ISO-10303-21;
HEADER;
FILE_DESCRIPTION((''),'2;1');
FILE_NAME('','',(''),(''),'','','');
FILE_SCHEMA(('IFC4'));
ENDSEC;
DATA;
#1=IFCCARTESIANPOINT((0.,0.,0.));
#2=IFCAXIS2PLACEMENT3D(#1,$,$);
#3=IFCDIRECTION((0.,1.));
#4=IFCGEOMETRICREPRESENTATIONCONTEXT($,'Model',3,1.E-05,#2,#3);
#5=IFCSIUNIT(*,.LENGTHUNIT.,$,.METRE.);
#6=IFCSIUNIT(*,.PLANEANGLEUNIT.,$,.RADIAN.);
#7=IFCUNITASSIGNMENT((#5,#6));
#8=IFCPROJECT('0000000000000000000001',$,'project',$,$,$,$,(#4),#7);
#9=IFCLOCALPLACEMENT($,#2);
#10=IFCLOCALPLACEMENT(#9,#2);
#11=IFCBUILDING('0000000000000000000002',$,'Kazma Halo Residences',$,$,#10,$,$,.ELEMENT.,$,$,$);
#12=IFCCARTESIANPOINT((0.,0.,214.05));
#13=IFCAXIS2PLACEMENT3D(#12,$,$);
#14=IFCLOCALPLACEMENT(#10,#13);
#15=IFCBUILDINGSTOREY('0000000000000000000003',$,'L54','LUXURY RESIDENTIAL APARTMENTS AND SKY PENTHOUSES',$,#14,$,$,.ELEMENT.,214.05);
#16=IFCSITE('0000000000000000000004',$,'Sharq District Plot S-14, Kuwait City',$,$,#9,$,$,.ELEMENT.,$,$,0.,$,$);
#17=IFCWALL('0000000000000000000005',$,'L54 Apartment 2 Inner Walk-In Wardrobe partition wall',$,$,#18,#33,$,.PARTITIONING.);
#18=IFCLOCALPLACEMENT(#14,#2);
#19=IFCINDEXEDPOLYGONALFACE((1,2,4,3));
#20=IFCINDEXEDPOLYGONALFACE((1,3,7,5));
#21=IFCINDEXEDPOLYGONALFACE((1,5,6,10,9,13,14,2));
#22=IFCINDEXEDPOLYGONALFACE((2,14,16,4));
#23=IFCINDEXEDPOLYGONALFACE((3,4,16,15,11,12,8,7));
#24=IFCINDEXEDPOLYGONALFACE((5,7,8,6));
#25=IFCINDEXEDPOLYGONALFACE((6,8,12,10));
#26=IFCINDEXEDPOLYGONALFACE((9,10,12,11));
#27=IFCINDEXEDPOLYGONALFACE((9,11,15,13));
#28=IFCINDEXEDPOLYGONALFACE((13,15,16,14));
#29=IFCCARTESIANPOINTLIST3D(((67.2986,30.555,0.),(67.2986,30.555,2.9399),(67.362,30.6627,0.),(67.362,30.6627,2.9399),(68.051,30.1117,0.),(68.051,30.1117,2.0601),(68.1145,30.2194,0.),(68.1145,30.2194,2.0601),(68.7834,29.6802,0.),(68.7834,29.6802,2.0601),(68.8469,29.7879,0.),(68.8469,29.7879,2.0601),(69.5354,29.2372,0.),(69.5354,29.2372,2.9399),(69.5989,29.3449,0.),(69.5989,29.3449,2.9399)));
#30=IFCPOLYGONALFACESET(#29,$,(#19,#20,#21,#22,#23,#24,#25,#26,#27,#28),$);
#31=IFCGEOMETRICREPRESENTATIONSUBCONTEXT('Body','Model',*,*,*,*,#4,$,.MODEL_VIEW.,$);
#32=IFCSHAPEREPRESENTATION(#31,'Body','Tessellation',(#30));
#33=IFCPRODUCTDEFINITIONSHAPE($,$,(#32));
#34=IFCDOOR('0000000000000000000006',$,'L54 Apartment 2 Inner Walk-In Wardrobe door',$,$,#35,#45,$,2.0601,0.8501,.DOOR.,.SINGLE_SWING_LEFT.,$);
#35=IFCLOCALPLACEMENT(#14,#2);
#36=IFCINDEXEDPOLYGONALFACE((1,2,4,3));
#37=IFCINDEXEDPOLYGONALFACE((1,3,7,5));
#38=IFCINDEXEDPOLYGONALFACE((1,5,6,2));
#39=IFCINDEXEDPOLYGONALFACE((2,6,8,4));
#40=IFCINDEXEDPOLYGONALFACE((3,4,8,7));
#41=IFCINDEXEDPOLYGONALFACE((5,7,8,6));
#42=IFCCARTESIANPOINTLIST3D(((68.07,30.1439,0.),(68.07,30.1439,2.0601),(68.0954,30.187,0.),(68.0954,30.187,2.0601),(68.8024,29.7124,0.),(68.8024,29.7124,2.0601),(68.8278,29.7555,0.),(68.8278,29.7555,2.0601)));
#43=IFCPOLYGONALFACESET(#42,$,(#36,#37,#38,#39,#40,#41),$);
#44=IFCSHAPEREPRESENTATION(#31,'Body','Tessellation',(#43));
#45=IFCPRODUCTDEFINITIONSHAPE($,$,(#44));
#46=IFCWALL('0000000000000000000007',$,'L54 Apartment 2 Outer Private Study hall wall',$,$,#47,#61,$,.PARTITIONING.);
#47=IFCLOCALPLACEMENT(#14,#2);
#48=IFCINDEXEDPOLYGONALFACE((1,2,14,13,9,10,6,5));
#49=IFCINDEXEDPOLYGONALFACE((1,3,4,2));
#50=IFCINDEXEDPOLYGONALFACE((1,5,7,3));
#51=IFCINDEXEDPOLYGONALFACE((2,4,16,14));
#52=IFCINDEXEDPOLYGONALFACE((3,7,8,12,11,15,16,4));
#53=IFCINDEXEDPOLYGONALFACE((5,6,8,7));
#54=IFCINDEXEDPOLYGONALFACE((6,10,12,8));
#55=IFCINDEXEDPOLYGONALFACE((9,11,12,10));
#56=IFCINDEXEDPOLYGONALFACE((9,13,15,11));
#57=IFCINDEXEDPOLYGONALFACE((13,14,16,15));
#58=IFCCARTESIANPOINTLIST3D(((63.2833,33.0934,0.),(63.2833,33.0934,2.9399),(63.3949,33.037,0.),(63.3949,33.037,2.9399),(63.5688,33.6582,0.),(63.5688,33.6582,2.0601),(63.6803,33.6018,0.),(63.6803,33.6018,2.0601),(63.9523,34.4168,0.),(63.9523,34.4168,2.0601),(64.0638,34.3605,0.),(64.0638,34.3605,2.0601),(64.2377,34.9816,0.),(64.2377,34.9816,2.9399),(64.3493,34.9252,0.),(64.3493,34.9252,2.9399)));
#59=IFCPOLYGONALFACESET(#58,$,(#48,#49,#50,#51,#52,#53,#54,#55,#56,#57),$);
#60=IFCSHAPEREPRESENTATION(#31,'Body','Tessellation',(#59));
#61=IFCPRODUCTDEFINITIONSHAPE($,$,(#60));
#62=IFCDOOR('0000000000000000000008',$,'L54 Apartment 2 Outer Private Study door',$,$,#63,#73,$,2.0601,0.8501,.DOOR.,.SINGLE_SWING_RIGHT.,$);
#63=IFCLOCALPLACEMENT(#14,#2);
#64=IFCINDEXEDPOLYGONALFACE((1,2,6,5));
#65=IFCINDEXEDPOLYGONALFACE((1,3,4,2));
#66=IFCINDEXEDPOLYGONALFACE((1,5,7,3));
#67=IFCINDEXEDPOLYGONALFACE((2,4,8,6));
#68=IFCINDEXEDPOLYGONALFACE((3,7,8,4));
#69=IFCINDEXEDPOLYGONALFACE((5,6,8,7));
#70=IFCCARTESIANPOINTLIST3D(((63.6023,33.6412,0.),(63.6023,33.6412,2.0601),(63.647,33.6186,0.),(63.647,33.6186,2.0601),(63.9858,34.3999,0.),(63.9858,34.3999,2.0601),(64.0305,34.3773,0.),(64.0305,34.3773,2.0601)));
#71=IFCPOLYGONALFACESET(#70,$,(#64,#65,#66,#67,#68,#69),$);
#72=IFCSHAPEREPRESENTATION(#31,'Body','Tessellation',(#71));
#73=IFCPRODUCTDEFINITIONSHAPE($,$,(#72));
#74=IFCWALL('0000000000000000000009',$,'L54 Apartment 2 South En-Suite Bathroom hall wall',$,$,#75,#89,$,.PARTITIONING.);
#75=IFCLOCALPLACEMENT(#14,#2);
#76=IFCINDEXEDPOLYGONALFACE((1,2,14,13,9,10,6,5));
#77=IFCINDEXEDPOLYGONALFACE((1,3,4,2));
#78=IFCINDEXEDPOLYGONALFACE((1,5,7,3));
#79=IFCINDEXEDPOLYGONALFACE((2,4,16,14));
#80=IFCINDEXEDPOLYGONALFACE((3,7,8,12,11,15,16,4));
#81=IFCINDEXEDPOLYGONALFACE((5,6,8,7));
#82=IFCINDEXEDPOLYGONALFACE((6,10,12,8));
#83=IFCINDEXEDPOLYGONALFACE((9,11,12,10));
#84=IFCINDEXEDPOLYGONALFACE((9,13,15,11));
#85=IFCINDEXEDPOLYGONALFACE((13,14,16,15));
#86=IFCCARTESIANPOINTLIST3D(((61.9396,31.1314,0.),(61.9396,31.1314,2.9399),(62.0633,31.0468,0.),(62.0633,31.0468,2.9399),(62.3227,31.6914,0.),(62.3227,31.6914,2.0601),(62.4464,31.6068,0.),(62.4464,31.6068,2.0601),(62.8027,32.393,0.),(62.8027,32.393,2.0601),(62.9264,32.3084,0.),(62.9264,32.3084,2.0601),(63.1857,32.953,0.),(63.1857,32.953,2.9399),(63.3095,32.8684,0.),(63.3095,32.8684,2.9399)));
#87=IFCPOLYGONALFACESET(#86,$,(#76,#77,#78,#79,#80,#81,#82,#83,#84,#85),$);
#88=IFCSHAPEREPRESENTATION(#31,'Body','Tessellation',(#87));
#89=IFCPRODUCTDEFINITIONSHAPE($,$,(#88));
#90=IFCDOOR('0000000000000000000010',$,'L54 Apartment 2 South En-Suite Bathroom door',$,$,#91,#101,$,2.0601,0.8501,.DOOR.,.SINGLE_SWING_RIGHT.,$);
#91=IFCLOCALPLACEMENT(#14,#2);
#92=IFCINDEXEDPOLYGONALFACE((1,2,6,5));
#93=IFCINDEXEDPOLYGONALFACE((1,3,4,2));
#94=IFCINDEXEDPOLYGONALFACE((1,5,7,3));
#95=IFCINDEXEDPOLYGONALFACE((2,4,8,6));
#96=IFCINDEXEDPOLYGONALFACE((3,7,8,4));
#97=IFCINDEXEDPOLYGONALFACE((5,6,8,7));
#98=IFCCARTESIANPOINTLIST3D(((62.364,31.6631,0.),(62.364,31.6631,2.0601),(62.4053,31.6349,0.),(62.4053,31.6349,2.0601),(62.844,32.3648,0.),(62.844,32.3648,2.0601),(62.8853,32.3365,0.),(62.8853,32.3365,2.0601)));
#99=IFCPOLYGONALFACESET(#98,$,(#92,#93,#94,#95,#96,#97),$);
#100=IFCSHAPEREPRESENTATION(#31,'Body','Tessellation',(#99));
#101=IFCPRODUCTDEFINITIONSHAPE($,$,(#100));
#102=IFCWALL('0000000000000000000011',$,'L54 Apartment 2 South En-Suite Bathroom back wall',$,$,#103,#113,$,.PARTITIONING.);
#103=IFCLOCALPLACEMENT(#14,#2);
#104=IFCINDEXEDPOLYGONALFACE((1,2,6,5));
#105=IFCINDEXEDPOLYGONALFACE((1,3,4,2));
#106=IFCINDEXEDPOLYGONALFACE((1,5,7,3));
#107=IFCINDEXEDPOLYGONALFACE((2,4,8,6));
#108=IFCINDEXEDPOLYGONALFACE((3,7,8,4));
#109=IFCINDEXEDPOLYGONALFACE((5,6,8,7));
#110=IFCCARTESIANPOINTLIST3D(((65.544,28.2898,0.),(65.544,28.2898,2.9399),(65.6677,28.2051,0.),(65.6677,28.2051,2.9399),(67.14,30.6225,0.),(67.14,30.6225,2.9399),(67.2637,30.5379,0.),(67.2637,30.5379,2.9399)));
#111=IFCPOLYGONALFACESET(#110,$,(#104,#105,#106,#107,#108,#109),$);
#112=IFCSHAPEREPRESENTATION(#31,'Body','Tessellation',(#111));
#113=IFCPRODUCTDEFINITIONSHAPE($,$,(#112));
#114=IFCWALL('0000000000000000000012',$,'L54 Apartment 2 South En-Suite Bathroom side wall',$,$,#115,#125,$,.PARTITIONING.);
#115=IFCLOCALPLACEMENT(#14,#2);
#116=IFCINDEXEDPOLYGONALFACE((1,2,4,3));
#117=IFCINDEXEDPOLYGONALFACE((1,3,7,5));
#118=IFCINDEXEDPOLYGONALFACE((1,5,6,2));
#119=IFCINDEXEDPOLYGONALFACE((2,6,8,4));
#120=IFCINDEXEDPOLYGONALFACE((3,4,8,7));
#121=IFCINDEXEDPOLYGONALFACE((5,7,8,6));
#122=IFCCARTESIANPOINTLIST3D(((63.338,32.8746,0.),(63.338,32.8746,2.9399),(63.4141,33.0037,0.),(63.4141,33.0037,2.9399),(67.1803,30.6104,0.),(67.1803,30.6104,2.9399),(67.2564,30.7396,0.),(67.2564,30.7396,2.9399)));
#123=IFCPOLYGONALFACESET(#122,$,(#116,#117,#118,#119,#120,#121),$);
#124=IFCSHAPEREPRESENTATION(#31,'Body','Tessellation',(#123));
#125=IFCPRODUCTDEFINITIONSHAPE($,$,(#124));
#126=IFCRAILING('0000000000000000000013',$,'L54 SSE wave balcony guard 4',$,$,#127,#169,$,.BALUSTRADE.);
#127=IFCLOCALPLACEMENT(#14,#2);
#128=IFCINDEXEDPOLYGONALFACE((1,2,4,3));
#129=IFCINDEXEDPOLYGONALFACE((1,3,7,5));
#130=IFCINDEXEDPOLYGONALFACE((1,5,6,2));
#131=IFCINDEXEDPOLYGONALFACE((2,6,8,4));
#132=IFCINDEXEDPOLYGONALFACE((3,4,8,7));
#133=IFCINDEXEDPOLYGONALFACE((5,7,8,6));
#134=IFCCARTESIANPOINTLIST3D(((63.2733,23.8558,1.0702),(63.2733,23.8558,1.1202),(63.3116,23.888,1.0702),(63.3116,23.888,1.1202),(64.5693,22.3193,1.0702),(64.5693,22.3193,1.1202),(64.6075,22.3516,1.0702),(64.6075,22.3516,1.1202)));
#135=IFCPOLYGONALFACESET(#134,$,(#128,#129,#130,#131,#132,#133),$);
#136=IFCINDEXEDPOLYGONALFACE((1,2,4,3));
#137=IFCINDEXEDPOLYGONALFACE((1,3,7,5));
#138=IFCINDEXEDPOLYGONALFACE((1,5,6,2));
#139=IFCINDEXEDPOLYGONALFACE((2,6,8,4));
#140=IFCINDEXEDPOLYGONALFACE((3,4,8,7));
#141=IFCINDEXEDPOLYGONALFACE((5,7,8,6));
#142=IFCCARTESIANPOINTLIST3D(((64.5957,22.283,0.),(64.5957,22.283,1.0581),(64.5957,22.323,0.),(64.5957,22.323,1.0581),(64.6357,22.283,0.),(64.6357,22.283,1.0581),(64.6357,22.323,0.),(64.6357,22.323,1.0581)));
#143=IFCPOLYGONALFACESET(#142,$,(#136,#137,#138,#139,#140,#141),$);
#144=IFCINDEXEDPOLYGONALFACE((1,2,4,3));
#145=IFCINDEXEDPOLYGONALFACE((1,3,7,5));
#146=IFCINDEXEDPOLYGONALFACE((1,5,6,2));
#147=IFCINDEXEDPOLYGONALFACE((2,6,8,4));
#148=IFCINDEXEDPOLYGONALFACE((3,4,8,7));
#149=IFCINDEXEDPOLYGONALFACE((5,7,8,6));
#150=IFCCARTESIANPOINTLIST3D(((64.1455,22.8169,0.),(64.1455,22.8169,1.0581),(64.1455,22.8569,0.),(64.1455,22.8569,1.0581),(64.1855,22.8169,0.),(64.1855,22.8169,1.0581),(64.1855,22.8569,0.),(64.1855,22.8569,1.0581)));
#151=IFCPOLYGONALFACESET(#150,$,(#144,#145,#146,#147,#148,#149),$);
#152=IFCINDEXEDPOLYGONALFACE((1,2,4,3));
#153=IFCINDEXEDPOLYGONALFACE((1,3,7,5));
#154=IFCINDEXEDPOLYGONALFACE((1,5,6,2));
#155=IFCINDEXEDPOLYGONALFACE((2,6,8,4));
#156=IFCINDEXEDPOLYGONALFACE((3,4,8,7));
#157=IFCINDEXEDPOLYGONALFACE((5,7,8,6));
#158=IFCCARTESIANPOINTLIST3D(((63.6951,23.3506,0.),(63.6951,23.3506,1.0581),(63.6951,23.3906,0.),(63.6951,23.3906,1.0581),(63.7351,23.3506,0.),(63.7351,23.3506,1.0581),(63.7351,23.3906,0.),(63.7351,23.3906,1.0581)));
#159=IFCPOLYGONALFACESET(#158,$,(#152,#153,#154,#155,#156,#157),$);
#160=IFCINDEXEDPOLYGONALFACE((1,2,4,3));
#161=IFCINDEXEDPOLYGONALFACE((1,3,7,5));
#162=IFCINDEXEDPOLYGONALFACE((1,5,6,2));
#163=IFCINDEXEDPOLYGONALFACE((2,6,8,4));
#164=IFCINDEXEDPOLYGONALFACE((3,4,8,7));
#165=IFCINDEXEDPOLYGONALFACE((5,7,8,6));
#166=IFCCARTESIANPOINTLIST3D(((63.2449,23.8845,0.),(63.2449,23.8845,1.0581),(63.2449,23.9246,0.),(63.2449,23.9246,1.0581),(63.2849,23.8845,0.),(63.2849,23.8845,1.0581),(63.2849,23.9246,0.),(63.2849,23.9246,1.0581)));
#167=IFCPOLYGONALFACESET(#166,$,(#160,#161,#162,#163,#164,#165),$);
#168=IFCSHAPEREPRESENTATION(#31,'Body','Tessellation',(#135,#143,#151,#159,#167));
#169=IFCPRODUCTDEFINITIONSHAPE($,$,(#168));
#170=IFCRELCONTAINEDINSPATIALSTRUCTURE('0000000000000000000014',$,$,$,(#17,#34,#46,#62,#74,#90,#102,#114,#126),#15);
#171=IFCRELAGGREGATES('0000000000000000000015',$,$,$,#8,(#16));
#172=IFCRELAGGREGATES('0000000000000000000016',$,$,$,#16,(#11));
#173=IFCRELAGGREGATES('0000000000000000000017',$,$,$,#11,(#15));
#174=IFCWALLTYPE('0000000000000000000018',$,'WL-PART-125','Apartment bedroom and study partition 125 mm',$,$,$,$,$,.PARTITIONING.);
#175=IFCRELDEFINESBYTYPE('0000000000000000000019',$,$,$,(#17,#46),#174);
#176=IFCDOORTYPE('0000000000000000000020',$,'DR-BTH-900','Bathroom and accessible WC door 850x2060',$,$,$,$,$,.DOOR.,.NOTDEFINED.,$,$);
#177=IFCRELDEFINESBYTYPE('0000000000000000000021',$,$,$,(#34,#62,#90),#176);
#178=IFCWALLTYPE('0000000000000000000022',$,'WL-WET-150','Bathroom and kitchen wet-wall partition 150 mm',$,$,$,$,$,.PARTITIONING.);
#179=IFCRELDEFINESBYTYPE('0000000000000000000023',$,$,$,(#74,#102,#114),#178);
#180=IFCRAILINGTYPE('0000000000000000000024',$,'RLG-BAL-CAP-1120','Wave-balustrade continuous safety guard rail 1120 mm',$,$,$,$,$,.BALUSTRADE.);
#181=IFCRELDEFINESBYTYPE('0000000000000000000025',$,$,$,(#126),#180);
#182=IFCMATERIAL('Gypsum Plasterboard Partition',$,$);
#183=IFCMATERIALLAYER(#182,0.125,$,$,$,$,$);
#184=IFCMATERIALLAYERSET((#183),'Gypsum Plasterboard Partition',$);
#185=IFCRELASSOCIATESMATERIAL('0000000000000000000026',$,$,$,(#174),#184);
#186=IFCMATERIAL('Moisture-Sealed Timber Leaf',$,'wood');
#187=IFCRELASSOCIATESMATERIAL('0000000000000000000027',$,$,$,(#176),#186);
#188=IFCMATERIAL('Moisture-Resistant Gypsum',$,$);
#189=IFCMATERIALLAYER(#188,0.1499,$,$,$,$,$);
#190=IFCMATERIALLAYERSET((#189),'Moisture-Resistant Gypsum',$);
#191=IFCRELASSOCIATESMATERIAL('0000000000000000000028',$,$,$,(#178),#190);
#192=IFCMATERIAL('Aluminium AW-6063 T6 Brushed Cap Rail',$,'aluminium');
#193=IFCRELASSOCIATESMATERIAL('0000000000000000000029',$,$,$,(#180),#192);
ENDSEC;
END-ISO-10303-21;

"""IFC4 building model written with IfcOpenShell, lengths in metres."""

from ifc_helpers import new_model, si_unit, direction, frame, frame_2d, origin, origin_2d, place, context, subcontext, project, spatial, rectangle, extrude, material, layer, layer_set, type_object, element, fill, save


model = new_model("IFC4")

# Units and contexts
model_context = context("Model", 3, precision=1e-05, world=origin(), true_north=direction((0.0, 1.0)))
body_context = subcontext(model_context, "Body", "Model", "MODEL_VIEW")
ifc_project = project(units=[si_unit("LENGTHUNIT", "METRE"), si_unit("PLANEANGLEUNIT", "RADIAN")], contexts=[model_context])

# Site, building, storey
site_placement = place(None, origin())
site = spatial("IfcSite", under=ifc_project, at=site_placement, Name="Sharq District Plot S-14, Kuwait City", CompositionType="ELEMENT", RefElevation=0.0)
building_placement = place(site_placement, origin())
building = spatial("IfcBuilding", under=site, at=building_placement, Name="Kazma Halo Residences", CompositionType="ELEMENT")
storey_placement = place(building_placement, frame((0.0, 0.0, 214.05)))
storey = spatial("IfcBuildingStorey", under=building, at=storey_placement, Name="L54", Description="LUXURY RESIDENTIAL APARTMENTS AND SKY PENTHOUSES", CompositionType="ELEMENT", Elevation=214.05)

# Shared definitions
ifc_material_1 = material(Name="Gypsum Plasterboard Partition")
ifc_layer_1 = layer(ifc_material_1, 0.125)
ifc_layer_set_1 = layer_set([ifc_layer_1], Name="Gypsum Plasterboard Partition")
wall_type_1 = type_object("IfcWallType", Name="WL-PART-125", Description="Apartment bedroom and study partition 125 mm", PredefinedType="PARTITIONING", material=ifc_layer_set_1)

# Walls, openings, doors
wall_1_placement = place(storey_placement, frame((67.3303, 30.6089, 0.0), z_axis=(0.0, 0.0, 1.0), x_axis=(0.861581, -0.50762, 0.0)))
wall_1 = element("IfcWall", 1, at=wall_1_placement, inside=storey, type_object=wall_type_1, Name="L54 Apartment 2 Inner Walk-In Wardrobe partition wall", PredefinedType="PARTITIONING", context=body_context, shape_type="SweptSolid", body=[
    extrude(rectangle(XDim=2.5962, YDim=0.125, at=frame_2d((1.2981, 0.0))), origin(), (0.0, 0.0, 1.0), 2.9399),
])
opening_1_placement = place(wall_1_placement, frame((0.8733, 0.0, 0.0)))
opening_1 = element("IfcOpeningElement", 2, at=opening_1_placement, cuts=wall_1, PredefinedType="OPENING", context=body_context, shape_type="SweptSolid", body=[
    extrude(rectangle(XDim=0.8501, YDim=2.0601, at=frame_2d((0.425, 1.03))), frame((0.0, 0.0725, 0.0), z_axis=(0.0, -1.0, 0.0), x_axis=(1.0, 0.0, 0.0)), (0.0, 0.0, 1.0), 0.145),
])
ifc_material_2 = material(Name="Moisture-Sealed Timber Leaf", Category="wood")
door_type_1 = type_object("IfcDoorType", Name="DR-BTH-900", Description="Bathroom and accessible WC door 850x2060", OperationType="NOTDEFINED", PredefinedType="DOOR", material=ifc_material_2)
door_1_placement = place(opening_1_placement, origin())
door_1 = element("IfcDoor", 3, at=door_1_placement, inside=storey, type_object=door_type_1, Name="L54 Apartment 2 Inner Walk-In Wardrobe door", OperationType="SINGLE_SWING_LEFT", OverallHeight=2.0601, OverallWidth=0.8501, PredefinedType="DOOR", context=body_context, shape_type="SweptSolid", body=[
    extrude(rectangle(XDim=0.8501, YDim=2.0601, at=frame_2d((0.425, 1.03))), frame((0.0, 0.0249, 0.0), z_axis=(0.0, -1.0, 0.0), x_axis=(1.0, 0.0, 0.0)), (0.0, 0.0, 1.0), 0.05),
])
fill(opening_1, door_1)
wall_2_placement = place(storey_placement, frame((63.3391, 33.0652, 0.0), z_axis=(0.0, 0.0, 1.0), x_axis=(0.451087, 0.89248, 0.0)))
wall_2 = element("IfcWall", 4, at=wall_2_placement, inside=storey, type_object=wall_type_1, Name="L54 Apartment 2 Outer Private Study hall wall", PredefinedType="PARTITIONING", context=body_context, shape_type="SweptSolid", body=[
    extrude(rectangle(XDim=2.1157, YDim=0.125, at=frame_2d((1.0579, 0.0))), origin(), (0.0, 0.0, 1.0), 2.9399),
])
opening_2_placement = place(wall_2_placement, frame((0.6328, 0.0, 0.0)))
opening_2 = element("IfcOpeningElement", 5, at=opening_2_placement, cuts=wall_2, PredefinedType="OPENING", context=body_context, shape_type="SweptSolid", body=[
    extrude(rectangle(XDim=0.8501, YDim=2.0601, at=frame_2d((0.425, 1.03))), frame((0.0, 0.0725, 0.0), z_axis=(0.0, -1.0, 0.0), x_axis=(1.0, 0.0, 0.0)), (0.0, 0.0, 1.0), 0.145),
])
door_2_placement = place(opening_2_placement, origin())
door_2 = element("IfcDoor", 6, at=door_2_placement, inside=storey, type_object=door_type_1, Name="L54 Apartment 2 Outer Private Study door", OperationType="SINGLE_SWING_RIGHT", OverallHeight=2.0601, OverallWidth=0.8501, PredefinedType="DOOR", context=body_context, shape_type="SweptSolid", body=[
    extrude(rectangle(XDim=0.8501, YDim=2.0601, at=frame_2d((0.425, 1.03))), frame((0.0, 0.0249, 0.0), z_axis=(0.0, -1.0, 0.0), x_axis=(1.0, 0.0, 0.0)), (0.0, 0.0, 1.0), 0.05),
])
fill(opening_2, door_2)
ifc_material_3 = material(Name="Moisture-Resistant Gypsum")
ifc_layer_2 = layer(ifc_material_3, 0.1499)
ifc_layer_set_2 = layer_set([ifc_layer_2], Name="Moisture-Resistant Gypsum")
wall_type_2 = type_object("IfcWallType", Name="WL-WET-150", Description="Bathroom and kitchen wet-wall partition 150 mm", PredefinedType="PARTITIONING", material=ifc_layer_set_2)
wall_3_placement = place(storey_placement, frame((62.0015, 31.0891, 0.0), z_axis=(0.0, 0.0, 1.0), x_axis=(0.564616, 0.825353, 0.0)))
wall_3 = element("IfcWall", 7, at=wall_3_placement, inside=storey, type_object=wall_type_2, Name="L54 Apartment 2 South En-Suite Bathroom hall wall", PredefinedType="PARTITIONING", context=body_context, shape_type="SweptSolid", body=[
    extrude(rectangle(XDim=2.207, YDim=0.1499, at=frame_2d((1.1035, 0.0))), origin(), (0.0, 0.0, 1.0), 2.9399),
])
opening_3_placement = place(wall_3_placement, frame((0.6785, 0.0, 0.0)))
opening_3 = element("IfcOpeningElement", 8, at=opening_3_placement, cuts=wall_3, PredefinedType="OPENING", context=body_context, shape_type="SweptSolid", body=[
    extrude(rectangle(XDim=0.8501, YDim=2.0601, at=frame_2d((0.425, 1.03))), frame((0.0, 0.085, 0.0), z_axis=(0.0, -1.0, 0.0), x_axis=(1.0, 0.0, 0.0)), (0.0, 0.0, 1.0), 0.1699),
])
door_3_placement = place(opening_3_placement, origin())
door_3 = element("IfcDoor", 9, at=door_3_placement, inside=storey, type_object=door_type_1, Name="L54 Apartment 2 South En-Suite Bathroom door", OperationType="SINGLE_SWING_RIGHT", OverallHeight=2.0601, OverallWidth=0.8501, PredefinedType="DOOR", context=body_context, shape_type="SweptSolid", body=[
    extrude(rectangle(XDim=0.8501, YDim=2.0601, at=frame_2d((0.425, 1.03))), frame((0.0, 0.0249, 0.0), z_axis=(0.0, -1.0, 0.0), x_axis=(1.0, 0.0, 0.0)), (0.0, 0.0, 1.0), 0.05),
])
fill(opening_3, door_3)

# Walls
wall_4_placement = place(storey_placement, frame((65.606, 28.2476, 0.0), z_axis=(0.0, 0.0, 1.0), x_axis=(0.564647, 0.825333, 0.0)))
element("IfcWall", 10, at=wall_4_placement, inside=storey, type_object=wall_type_2, Name="L54 Apartment 2 South En-Suite Bathroom back wall", PredefinedType="PARTITIONING", context=body_context, shape_type="SweptSolid", body=[
    extrude(rectangle(XDim=2.8264, YDim=0.1499, at=frame_2d((1.4131, 0.0))), origin(), (0.0, 0.0, 1.0), 2.9399),
])
wall_5_placement = place(storey_placement, frame((63.376, 32.9392, 0.0), z_axis=(0.0, 0.0, 1.0), x_axis=(0.861543, -0.507685, 0.0)))
element("IfcWall", 11, at=wall_5_placement, inside=storey, type_object=wall_type_2, Name="L54 Apartment 2 South En-Suite Bathroom side wall", PredefinedType="PARTITIONING", context=body_context, shape_type="SweptSolid", body=[
    extrude(rectangle(XDim=4.4597, YDim=0.1499, at=frame_2d((2.23, 0.0))), origin(), (0.0, 0.0, 1.0), 2.9399),
])

# Railing
ifc_material_4 = material(Name="Aluminium AW-6063 T6 Brushed Cap Rail", Category="aluminium")
railing_type = type_object("IfcRailingType", Name="RLG-BAL-CAP-1120", Description="Wave-balustrade continuous safety guard rail 1120 mm", PredefinedType="BALUSTRADE", material=ifc_material_4)
railing_1_placement = place(storey_placement, frame((64.6157, 22.303, 0.0)))
element("IfcRailing", 12, at=railing_1_placement, inside=storey, type_object=railing_type, Name="L54 SSE wave balcony guard 4", PredefinedType="BALUSTRADE", context=body_context, shape_type="SweptSolid", body=[
    extrude(rectangle(XDim=0.05, YDim=0.05, at=origin_2d()), frame((-0.0273, 0.0325, 1.0952), z_axis=(-0.644735, 0.764406, 0.0), x_axis=(-0.764406, -0.644735, 0.0)), (0.0, 0.0, 1.0), 2.01),
    extrude(rectangle(XDim=0.04, YDim=0.04, at=origin_2d()), origin(), (0.0, 0.0, 1.0), 1.0581),
    extrude(rectangle(XDim=0.04, YDim=0.04, at=origin_2d()), frame((-0.4502, 0.5339, 0.0)), (0.0, 0.0, 1.0), 1.0581),
    extrude(rectangle(XDim=0.04, YDim=0.04, at=origin_2d()), frame((-0.9006, 1.0676, 0.0)), (0.0, 0.0, 1.0), 1.0581),
    extrude(rectangle(XDim=0.04, YDim=0.04, at=origin_2d()), frame((-1.3508, 1.6016, 0.0)), (0.0, 0.0, 1.0), 1.0581),
])

save(model, "model.ifc")
